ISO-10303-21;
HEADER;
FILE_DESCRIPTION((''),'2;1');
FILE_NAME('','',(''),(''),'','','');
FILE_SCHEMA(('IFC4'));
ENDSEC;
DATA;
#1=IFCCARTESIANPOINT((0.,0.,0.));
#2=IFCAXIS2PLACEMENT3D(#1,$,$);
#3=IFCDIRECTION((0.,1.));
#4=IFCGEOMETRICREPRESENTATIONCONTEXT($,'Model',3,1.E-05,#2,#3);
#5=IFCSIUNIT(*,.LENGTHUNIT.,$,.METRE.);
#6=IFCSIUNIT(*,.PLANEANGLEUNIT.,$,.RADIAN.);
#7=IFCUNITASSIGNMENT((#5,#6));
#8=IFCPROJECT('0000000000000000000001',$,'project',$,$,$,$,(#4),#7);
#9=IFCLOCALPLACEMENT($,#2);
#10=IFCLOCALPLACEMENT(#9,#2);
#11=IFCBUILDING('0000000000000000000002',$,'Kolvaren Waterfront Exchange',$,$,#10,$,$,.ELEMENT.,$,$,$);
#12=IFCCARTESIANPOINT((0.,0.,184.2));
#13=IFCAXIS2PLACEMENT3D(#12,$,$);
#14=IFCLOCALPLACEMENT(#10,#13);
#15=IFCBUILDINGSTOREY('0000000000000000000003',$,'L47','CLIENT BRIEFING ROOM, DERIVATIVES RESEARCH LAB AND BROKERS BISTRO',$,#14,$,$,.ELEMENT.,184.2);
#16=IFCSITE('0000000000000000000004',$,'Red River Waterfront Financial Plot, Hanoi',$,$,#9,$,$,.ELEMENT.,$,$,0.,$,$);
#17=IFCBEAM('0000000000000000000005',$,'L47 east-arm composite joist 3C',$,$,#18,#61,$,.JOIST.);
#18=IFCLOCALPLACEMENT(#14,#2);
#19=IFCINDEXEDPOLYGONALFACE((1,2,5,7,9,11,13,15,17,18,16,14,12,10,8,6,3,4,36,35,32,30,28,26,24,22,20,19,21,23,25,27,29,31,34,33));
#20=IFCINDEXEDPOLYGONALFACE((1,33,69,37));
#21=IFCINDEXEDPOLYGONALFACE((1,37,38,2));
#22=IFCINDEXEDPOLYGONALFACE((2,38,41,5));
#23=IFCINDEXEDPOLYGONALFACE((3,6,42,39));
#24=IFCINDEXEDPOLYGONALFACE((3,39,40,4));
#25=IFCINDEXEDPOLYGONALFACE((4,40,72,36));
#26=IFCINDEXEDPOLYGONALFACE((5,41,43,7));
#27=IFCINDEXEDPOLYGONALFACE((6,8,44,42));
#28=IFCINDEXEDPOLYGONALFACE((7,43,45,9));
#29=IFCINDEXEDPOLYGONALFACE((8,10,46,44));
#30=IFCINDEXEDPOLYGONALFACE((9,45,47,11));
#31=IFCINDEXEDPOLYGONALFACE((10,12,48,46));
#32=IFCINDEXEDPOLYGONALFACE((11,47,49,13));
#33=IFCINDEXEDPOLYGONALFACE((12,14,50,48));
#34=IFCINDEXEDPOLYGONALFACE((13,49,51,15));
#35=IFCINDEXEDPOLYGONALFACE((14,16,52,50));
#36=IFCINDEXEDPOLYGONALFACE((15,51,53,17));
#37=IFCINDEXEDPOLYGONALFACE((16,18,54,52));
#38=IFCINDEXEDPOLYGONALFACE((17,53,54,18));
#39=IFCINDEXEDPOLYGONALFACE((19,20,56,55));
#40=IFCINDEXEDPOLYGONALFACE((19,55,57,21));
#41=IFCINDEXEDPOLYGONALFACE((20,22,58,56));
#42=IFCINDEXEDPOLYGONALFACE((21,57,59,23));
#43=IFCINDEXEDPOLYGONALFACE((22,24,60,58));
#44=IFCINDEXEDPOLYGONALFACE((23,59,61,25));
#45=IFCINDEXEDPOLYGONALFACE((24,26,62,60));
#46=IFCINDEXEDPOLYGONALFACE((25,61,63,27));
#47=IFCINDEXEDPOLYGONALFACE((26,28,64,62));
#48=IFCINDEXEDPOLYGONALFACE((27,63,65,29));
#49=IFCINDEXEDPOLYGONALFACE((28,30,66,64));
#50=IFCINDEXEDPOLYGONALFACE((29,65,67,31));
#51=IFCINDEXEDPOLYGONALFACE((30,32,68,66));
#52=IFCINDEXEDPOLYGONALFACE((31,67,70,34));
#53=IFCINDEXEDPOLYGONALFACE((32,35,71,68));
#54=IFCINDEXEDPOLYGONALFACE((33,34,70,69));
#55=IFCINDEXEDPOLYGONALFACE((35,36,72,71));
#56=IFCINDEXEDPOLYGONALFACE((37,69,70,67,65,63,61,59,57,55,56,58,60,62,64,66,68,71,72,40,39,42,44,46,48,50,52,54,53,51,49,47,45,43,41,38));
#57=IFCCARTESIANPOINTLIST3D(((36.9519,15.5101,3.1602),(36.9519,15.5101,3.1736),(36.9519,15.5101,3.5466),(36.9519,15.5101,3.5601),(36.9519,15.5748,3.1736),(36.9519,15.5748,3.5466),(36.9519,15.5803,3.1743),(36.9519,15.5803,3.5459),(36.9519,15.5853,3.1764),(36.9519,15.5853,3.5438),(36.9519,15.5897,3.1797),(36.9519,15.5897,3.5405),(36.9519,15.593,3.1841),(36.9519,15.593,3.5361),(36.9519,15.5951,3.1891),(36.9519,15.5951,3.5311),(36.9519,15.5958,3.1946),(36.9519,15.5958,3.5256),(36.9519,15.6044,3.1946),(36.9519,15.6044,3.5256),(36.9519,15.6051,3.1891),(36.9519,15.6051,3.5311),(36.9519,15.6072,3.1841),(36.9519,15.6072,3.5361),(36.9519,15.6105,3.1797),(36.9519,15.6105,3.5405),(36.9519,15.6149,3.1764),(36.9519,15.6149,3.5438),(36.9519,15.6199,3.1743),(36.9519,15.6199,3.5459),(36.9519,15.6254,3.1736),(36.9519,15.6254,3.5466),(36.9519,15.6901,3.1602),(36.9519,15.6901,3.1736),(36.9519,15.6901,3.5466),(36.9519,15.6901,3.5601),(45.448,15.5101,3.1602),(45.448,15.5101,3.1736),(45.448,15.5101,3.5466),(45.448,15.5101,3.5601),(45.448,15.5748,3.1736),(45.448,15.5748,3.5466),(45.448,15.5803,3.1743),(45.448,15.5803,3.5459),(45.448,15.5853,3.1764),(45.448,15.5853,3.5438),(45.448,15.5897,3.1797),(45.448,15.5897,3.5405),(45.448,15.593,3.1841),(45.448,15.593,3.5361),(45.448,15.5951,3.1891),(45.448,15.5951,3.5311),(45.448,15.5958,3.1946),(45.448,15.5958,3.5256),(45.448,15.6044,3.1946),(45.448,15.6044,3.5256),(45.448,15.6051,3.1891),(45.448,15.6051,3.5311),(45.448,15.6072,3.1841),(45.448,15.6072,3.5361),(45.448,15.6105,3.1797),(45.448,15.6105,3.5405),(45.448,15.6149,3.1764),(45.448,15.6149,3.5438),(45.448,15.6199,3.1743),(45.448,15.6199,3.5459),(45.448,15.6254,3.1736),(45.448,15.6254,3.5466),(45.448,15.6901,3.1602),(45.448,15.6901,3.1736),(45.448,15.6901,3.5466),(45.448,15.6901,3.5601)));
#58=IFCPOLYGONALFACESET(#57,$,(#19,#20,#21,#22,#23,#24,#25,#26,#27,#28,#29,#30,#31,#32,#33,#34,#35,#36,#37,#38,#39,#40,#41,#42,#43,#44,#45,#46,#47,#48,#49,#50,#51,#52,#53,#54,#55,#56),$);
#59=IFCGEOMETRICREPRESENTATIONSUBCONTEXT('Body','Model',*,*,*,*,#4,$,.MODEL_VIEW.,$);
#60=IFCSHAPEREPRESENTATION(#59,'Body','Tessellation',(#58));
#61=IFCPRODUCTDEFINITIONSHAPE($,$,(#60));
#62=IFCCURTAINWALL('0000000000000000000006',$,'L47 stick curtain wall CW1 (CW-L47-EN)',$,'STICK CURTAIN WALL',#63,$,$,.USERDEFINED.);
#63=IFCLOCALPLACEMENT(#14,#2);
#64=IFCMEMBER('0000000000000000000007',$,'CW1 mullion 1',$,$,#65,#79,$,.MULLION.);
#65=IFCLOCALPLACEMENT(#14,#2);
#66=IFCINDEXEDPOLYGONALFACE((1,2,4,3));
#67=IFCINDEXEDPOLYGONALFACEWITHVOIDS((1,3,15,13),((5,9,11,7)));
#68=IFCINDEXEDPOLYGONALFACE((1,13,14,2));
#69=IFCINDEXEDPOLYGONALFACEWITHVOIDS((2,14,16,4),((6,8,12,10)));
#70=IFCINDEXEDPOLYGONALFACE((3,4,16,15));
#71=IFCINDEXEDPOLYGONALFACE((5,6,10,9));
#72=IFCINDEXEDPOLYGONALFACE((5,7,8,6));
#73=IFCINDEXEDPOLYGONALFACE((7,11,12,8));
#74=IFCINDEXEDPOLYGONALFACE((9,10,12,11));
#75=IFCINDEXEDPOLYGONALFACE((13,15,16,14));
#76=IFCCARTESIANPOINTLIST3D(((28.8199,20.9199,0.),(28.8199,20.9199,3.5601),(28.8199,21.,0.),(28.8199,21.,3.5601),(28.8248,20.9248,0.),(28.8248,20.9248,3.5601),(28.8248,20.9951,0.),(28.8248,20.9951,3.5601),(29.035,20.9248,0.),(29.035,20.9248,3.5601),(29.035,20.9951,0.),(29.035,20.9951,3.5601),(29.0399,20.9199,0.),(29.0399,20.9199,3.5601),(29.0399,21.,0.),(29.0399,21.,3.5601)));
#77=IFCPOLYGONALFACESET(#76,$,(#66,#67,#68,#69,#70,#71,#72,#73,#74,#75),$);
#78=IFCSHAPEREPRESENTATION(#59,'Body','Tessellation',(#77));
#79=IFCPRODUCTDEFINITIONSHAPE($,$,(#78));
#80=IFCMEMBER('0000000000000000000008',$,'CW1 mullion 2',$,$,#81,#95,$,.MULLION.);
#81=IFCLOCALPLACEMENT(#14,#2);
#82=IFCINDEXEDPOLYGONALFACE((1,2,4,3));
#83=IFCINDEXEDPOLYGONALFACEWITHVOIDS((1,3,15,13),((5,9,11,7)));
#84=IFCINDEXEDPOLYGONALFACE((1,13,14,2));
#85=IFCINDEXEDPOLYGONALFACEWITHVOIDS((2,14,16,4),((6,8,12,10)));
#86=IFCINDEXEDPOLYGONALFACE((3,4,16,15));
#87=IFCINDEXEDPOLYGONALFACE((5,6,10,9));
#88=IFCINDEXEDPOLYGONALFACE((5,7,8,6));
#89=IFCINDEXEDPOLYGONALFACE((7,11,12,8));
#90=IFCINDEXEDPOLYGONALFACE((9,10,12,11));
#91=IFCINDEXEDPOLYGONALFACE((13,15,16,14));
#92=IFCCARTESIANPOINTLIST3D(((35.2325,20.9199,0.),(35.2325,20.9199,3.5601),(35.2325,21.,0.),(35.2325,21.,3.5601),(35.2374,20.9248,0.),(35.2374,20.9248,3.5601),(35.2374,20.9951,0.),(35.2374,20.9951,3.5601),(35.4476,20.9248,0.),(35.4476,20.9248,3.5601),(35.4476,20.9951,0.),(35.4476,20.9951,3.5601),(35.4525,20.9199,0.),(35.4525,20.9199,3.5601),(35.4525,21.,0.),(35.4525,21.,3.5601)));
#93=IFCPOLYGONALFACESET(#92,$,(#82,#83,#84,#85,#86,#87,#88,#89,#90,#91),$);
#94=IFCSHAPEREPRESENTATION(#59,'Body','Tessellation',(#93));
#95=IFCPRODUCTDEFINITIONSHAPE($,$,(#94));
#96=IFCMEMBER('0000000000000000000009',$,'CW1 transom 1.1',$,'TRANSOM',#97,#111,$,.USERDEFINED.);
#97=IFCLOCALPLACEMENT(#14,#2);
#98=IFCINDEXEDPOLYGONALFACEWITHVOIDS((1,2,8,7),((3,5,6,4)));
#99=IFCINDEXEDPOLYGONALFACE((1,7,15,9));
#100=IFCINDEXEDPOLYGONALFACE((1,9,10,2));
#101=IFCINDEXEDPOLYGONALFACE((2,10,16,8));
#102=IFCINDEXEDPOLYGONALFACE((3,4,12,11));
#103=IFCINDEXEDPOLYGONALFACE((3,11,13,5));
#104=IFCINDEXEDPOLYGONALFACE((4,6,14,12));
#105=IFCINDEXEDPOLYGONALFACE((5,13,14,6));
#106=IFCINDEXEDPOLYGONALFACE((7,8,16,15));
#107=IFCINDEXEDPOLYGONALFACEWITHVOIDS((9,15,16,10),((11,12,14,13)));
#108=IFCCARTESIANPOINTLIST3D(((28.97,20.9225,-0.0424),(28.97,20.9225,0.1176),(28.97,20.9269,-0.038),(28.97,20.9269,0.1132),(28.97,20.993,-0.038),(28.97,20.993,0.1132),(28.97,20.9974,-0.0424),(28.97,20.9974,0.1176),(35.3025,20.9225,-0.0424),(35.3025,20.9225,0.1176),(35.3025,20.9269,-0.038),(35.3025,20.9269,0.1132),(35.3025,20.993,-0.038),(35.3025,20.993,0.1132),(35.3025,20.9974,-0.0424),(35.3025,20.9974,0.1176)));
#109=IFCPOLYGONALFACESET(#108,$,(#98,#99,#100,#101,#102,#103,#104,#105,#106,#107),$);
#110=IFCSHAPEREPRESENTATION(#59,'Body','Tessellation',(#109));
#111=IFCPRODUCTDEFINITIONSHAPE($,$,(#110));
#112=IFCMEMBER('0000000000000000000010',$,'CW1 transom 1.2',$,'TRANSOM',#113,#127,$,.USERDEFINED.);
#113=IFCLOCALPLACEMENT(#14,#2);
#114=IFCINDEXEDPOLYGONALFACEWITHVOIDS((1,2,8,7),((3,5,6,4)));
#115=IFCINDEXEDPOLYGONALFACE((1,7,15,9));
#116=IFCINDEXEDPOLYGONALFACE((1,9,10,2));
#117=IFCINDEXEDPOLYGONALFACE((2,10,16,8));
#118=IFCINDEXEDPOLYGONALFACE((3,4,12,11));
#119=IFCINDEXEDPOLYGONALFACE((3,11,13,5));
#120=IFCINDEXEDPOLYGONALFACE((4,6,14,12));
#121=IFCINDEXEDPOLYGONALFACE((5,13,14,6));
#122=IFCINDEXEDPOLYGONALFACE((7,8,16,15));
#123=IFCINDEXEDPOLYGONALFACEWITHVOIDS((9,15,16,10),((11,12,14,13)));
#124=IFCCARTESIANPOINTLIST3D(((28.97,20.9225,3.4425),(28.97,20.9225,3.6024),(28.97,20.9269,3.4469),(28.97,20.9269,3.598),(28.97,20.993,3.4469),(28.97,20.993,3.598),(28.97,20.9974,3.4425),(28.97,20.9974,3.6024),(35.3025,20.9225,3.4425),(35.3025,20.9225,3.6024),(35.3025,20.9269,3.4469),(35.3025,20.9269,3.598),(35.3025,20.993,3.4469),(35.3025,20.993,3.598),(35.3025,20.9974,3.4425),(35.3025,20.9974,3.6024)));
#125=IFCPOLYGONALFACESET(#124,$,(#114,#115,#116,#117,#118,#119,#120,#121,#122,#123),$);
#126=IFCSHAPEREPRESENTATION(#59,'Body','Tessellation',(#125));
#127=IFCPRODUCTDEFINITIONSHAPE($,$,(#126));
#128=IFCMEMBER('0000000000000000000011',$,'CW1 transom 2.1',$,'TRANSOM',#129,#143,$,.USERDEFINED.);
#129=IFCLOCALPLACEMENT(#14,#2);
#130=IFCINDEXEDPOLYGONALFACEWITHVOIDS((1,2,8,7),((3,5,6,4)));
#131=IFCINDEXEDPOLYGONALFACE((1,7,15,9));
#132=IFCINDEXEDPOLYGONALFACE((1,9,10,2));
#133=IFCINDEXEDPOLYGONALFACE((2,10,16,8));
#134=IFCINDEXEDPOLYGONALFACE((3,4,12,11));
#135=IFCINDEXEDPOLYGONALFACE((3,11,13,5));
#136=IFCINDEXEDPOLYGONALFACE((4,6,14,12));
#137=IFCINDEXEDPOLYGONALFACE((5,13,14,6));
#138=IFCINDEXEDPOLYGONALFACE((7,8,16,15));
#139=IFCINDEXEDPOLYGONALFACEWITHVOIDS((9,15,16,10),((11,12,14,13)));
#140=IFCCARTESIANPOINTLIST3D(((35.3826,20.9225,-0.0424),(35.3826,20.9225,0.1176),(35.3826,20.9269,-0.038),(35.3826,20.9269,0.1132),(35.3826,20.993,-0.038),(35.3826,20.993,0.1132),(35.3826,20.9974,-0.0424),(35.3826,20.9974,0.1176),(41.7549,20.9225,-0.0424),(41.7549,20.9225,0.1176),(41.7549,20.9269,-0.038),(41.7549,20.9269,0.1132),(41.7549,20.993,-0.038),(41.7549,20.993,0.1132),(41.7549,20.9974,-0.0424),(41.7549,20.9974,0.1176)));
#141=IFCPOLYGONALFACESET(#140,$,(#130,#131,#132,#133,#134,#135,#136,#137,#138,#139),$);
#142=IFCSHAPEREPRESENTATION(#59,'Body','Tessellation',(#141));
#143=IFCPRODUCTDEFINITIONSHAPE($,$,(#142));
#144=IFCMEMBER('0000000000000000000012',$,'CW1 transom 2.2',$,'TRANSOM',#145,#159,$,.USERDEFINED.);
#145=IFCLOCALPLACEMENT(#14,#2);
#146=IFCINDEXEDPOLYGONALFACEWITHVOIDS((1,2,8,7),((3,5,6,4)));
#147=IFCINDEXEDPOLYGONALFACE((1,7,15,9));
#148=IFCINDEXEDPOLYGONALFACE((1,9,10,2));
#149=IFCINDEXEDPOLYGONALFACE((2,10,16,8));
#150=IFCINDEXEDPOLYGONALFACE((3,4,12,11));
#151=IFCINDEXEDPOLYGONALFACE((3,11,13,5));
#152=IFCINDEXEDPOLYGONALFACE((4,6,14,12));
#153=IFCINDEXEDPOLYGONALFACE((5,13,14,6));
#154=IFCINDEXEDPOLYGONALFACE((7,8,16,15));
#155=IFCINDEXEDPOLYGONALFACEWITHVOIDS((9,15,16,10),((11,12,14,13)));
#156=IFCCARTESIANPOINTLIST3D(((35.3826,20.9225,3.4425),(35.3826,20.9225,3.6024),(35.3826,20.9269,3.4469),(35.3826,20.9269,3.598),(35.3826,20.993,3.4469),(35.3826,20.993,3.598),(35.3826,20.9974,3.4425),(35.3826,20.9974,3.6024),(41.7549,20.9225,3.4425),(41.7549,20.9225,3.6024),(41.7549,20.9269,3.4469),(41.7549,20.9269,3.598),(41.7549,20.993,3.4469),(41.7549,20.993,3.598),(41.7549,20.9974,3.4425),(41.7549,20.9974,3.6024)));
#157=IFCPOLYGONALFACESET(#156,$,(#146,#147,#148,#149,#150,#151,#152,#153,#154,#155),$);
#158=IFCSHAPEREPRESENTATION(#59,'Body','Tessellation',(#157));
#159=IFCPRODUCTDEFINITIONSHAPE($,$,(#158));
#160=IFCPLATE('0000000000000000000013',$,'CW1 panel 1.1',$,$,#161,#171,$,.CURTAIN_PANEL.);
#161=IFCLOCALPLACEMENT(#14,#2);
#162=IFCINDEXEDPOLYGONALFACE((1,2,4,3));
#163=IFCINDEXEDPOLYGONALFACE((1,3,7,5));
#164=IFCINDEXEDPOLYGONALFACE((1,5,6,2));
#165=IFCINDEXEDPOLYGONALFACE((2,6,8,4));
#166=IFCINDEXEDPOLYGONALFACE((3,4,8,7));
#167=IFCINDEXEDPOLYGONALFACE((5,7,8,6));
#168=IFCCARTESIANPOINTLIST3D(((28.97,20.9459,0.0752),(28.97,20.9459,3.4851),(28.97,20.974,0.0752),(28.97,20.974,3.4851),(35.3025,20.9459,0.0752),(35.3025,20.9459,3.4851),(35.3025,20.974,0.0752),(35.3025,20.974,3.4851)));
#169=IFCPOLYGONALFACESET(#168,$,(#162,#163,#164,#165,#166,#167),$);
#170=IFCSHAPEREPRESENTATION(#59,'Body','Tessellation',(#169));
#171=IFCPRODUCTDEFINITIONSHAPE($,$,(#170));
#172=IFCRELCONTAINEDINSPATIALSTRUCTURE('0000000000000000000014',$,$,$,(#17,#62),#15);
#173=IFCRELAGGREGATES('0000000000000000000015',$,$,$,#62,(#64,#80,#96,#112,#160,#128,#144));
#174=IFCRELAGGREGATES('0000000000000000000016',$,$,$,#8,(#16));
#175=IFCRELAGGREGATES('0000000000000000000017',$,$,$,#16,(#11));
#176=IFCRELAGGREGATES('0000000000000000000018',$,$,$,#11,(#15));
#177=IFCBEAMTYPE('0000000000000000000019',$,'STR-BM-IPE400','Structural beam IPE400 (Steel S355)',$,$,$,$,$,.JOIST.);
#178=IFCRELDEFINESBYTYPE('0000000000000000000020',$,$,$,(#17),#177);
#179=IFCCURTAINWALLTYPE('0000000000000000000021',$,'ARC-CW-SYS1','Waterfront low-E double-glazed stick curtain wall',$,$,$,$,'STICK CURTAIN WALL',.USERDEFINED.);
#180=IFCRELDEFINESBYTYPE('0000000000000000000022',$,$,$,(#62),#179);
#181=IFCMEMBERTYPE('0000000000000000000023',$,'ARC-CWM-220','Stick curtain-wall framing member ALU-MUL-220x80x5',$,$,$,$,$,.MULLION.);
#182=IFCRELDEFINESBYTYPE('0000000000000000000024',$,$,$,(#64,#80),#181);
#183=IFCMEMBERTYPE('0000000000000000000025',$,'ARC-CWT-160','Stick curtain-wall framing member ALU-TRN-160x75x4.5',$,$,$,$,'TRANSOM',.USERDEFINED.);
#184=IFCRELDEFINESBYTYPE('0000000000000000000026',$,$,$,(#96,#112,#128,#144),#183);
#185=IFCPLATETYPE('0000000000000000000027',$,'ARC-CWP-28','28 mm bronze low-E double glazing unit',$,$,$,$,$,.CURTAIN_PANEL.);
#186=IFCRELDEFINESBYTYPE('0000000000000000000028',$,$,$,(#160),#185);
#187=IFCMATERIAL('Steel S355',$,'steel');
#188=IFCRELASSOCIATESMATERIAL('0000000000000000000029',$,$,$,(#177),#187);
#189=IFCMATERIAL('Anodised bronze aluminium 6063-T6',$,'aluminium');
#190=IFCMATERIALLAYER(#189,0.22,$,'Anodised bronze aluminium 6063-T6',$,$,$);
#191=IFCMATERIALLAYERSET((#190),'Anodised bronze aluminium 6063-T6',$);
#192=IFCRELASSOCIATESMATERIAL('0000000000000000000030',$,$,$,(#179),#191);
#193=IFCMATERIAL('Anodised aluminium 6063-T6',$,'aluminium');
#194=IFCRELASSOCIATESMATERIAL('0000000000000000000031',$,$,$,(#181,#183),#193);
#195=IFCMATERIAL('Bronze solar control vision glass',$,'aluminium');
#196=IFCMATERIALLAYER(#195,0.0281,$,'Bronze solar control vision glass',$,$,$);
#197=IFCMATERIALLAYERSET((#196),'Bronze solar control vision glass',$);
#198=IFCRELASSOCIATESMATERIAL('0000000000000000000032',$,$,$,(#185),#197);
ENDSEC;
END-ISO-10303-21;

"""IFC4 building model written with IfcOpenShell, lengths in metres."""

from ifc_helpers import new_model, si_unit, direction, frame, origin, origin_with_axes, origin_2d, place, context, subcontext, project, spatial, rectangle, hollow_rectangle, i_section, extrude, source, transform, mapped, material, layer, layer_set, material_profile, profile_set, type_object, element, aggregate, save


model = new_model("IFC4")

# Units and contexts
model_context = context("Model", 3, precision=1e-05, world=origin(), true_north=direction((0.0, 1.0)))
body_context = subcontext(model_context, "Body", "Model", "MODEL_VIEW")
ifc_project = project(units=[si_unit("LENGTHUNIT", "METRE"), si_unit("PLANEANGLEUNIT", "RADIAN")], contexts=[model_context])

# Site, building, storey
site_placement = place(None, origin())
site = spatial("IfcSite", under=ifc_project, at=site_placement, Name="Red River Waterfront Financial Plot, Hanoi", CompositionType="ELEMENT", RefElevation=0.0)
building_placement = place(site_placement, origin())
building = spatial("IfcBuilding", under=site, at=building_placement, Name="Kolvaren Waterfront Exchange", CompositionType="ELEMENT")
storey_placement = place(building_placement, frame((0.0, 0.0, 184.2)))
storey = spatial("IfcBuildingStorey", under=building, at=storey_placement, Name="L47", Description="CLIENT BRIEFING ROOM, DERIVATIVES RESEARCH LAB AND BROKERS BISTRO", CompositionType="ELEMENT", Elevation=184.2)

# Beam
ifc_material_1 = material(Name="Steel S355", Category="steel")
ifc_material_profile_1 = material_profile(ifc_material_1, i_section(OverallWidth=0.1799, OverallDepth=0.3999, WebThickness=0.0085, FlangeThickness=0.0134, FilletRadius=0.021, at=origin_2d()), Name="IPE400")
ifc_profile_set_1 = profile_set([ifc_material_profile_1], Name="Steel S355")
beam_type_1 = type_object("IfcBeamType", Name="STR-BM-IPE400", Description="Structural beam IPE400 (Steel S355)", PredefinedType="JOIST", material=ifc_profile_set_1)
for number, where, z_axis, x_axis, name in (
    (1, (36.9519, 15.6001, 3.3601), (1.0, 0.0, 0.0), (0.0, 1.0, 0.0), "L47 east-arm composite joist 3C"),
):
    element("IfcBeam", number, at=place(storey_placement, frame(where, z_axis=z_axis, x_axis=x_axis)), inside=storey, type_object=beam_type_1, Name=name, PredefinedType="JOIST", context=body_context, shape_type="SweptSolid", body=[
        extrude(i_section(OverallWidth=0.1799, OverallDepth=0.3999, WebThickness=0.0085, FlangeThickness=0.0134, FilletRadius=0.021, at=origin_2d()), origin(), (0.0, 0.0, 1.0), 8.4961),
    ])

# Curtain wall, members, plate
ifc_material_2 = material(Name="Anodised bronze aluminium 6063-T6", Category="aluminium")
ifc_layer_1 = layer(ifc_material_2, 0.22, Name="Anodised bronze aluminium 6063-T6")
ifc_layer_set_1 = layer_set([ifc_layer_1], Name="Anodised bronze aluminium 6063-T6")
curtain_wall_type = type_object("IfcCurtainWallType", Name="ARC-CW-SYS1", Description="Waterfront low-E double-glazed stick curtain wall", ElementType="STICK CURTAIN WALL", PredefinedType="USERDEFINED", material=ifc_layer_set_1)
curtain_wall_placement = place(storey_placement, origin())
curtain_wall = element("IfcCurtainWall", 2, at=curtain_wall_placement, inside=storey, type_object=curtain_wall_type, Name="L47 stick curtain wall CW1 (CW-L47-EN)", ObjectType="STICK CURTAIN WALL", PredefinedType="USERDEFINED")
ifc_material_3 = material(Name="Anodised aluminium 6063-T6", Category="aluminium")
ifc_material_profile_2 = material_profile(ifc_material_3, hollow_rectangle(XDim=0.0801, YDim=0.22, WallThickness=0.0049, at=origin_2d()), Name="ALU-MUL-220x80x5")
ifc_profile_set_2 = profile_set([ifc_material_profile_2], Name="Anodised aluminium 6063-T6")
member_type_1 = type_object("IfcMemberType", Name="ARC-CWM-220", Description="Stick curtain-wall framing member ALU-MUL-220x80x5", PredefinedType="MULLION", material=ifc_profile_set_2)
shared_shape_1 = source(origin_with_axes(), body_context, "Body", "SweptSolid", [
    extrude(hollow_rectangle(XDim=0.0801, YDim=0.22, WallThickness=0.0049, at=origin_2d()), origin(), (0.0, 0.0, 1.0), 3.5601),
])
member_1_placement = place(storey_placement, frame((28.9299, 20.96, 0.0), z_axis=(0.0, 0.0, 1.0), x_axis=(0.0, 1.0, 0.0)))
member_1 = element("IfcMember", 3, at=member_1_placement, type_object=member_type_1, Name="CW1 mullion 1", PredefinedType="MULLION", context=body_context, shape_type="MappedRepresentation", body=[
    mapped(shared_shape_1, transform((0.0, 0.0, 0.0), x_axis=(1.0, 0.0, 0.0), y_axis=(0.0, 1.0, 0.0), z_axis=(0.0, 0.0, 1.0), scale=1.0)),
])
member_2_placement = place(storey_placement, frame((35.3425, 20.96, 0.0), z_axis=(0.0, 0.0, 1.0), x_axis=(0.0, 1.0, 0.0)))
member_2 = element("IfcMember", 4, at=member_2_placement, type_object=member_type_1, Name="CW1 mullion 2", PredefinedType="MULLION", context=body_context, shape_type="MappedRepresentation", body=[
    mapped(shared_shape_1, transform((0.0, 0.0, 0.0), x_axis=(1.0, 0.0, 0.0), y_axis=(0.0, 1.0, 0.0), z_axis=(0.0, 0.0, 1.0), scale=1.0)),
])
ifc_material_profile_3 = material_profile(ifc_material_3, hollow_rectangle(XDim=0.075, YDim=0.1599, WallThickness=0.0044, at=origin_2d()), Name="ALU-TRN-160x75x4.5")
ifc_profile_set_3 = profile_set([ifc_material_profile_3], Name="Anodised aluminium 6063-T6")
member_type_2 = type_object("IfcMemberType", Name="ARC-CWT-160", Description="Stick curtain-wall framing member ALU-TRN-160x75x4.5", ElementType="TRANSOM", PredefinedType="USERDEFINED", material=ifc_profile_set_3)
shared_shape_2 = source(origin_with_axes(), body_context, "Body", "SweptSolid", [
    extrude(hollow_rectangle(XDim=0.075, YDim=0.1599, WallThickness=0.0044, at=origin_2d()), origin(), (0.0, 0.0, 1.0), 6.3325),
])
member_3_placement = place(storey_placement, frame((28.97, 20.96, 0.0376), z_axis=(1.0, 0.0, 0.0), x_axis=(0.0, 1.0, 0.0)))
member_3 = element("IfcMember", 5, at=member_3_placement, type_object=member_type_2, Name="CW1 transom 1.1", ObjectType="TRANSOM", PredefinedType="USERDEFINED", context=body_context, shape_type="MappedRepresentation", body=[
    mapped(shared_shape_2, transform((0.0, 0.0, 0.0), x_axis=(1.0, 0.0, 0.0), y_axis=(0.0, 1.0, 0.0), z_axis=(0.0, 0.0, 1.0), scale=1.0)),
])
member_4_placement = place(storey_placement, frame((28.97, 20.96, 3.5225), z_axis=(1.0, 0.0, 0.0), x_axis=(0.0, 1.0, 0.0)))
member_4 = element("IfcMember", 6, at=member_4_placement, type_object=member_type_2, Name="CW1 transom 1.2", ObjectType="TRANSOM", PredefinedType="USERDEFINED", context=body_context, shape_type="MappedRepresentation", body=[
    mapped(shared_shape_2, transform((0.0, 0.0, 0.0), x_axis=(1.0, 0.0, 0.0), y_axis=(0.0, 1.0, 0.0), z_axis=(0.0, 0.0, 1.0), scale=1.0)),
])
shared_shape_3 = source(origin_with_axes(), body_context, "Body", "SweptSolid", [
    extrude(hollow_rectangle(XDim=0.075, YDim=0.1599, WallThickness=0.0044, at=origin_2d()), origin(), (0.0, 0.0, 1.0), 6.3723),
])
member_5_placement = place(storey_placement, frame((35.3826, 20.96, 0.0376), z_axis=(1.0, 0.0, 0.0), x_axis=(0.0, 1.0, 0.0)))
member_5 = element("IfcMember", 7, at=member_5_placement, type_object=member_type_2, Name="CW1 transom 2.1", ObjectType="TRANSOM", PredefinedType="USERDEFINED", context=body_context, shape_type="MappedRepresentation", body=[
    mapped(shared_shape_3, transform((0.0, 0.0, 0.0), x_axis=(1.0, 0.0, 0.0), y_axis=(0.0, 1.0, 0.0), z_axis=(0.0, 0.0, 1.0), scale=1.0)),
])
member_6_placement = place(storey_placement, frame((35.3826, 20.96, 3.5225), z_axis=(1.0, 0.0, 0.0), x_axis=(0.0, 1.0, 0.0)))
member_6 = element("IfcMember", 8, at=member_6_placement, type_object=member_type_2, Name="CW1 transom 2.2", ObjectType="TRANSOM", PredefinedType="USERDEFINED", context=body_context, shape_type="MappedRepresentation", body=[
    mapped(shared_shape_3, transform((0.0, 0.0, 0.0), x_axis=(1.0, 0.0, 0.0), y_axis=(0.0, 1.0, 0.0), z_axis=(0.0, 0.0, 1.0), scale=1.0)),
])
ifc_material_4 = material(Name="Bronze solar control vision glass", Category="aluminium")
ifc_layer_2 = layer(ifc_material_4, 0.0281, Name="Bronze solar control vision glass")
ifc_layer_set_2 = layer_set([ifc_layer_2], Name="Bronze solar control vision glass")
plate_type = type_object("IfcPlateType", Name="ARC-CWP-28", Description="28 mm bronze low-E double glazing unit", PredefinedType="CURTAIN_PANEL", material=ifc_layer_set_2)
shared_shape_4 = source(origin_with_axes(), body_context, "Body", "SweptSolid", [
    extrude(rectangle(XDim=6.3325, YDim=0.0281, at=origin_2d()), origin(), (0.0, 0.0, 1.0), 3.4099),
])
plate_placement = place(storey_placement, frame((32.1362, 20.96, 0.0752), z_axis=(0.0, 0.0, 1.0), x_axis=(1.0, 0.0, 0.0)))
plate = element("IfcPlate", 9, at=plate_placement, type_object=plate_type, Name="CW1 panel 1.1", PredefinedType="CURTAIN_PANEL", context=body_context, shape_type="MappedRepresentation", body=[
    mapped(shared_shape_4, transform((0.0, 0.0, 0.0), x_axis=(1.0, 0.0, 0.0), y_axis=(0.0, 1.0, 0.0), z_axis=(0.0, 0.0, 1.0), scale=1.0)),
])
aggregate(curtain_wall, [member_1, member_2, member_3, member_4, plate, member_5, member_6])

save(model, "model.ifc")
